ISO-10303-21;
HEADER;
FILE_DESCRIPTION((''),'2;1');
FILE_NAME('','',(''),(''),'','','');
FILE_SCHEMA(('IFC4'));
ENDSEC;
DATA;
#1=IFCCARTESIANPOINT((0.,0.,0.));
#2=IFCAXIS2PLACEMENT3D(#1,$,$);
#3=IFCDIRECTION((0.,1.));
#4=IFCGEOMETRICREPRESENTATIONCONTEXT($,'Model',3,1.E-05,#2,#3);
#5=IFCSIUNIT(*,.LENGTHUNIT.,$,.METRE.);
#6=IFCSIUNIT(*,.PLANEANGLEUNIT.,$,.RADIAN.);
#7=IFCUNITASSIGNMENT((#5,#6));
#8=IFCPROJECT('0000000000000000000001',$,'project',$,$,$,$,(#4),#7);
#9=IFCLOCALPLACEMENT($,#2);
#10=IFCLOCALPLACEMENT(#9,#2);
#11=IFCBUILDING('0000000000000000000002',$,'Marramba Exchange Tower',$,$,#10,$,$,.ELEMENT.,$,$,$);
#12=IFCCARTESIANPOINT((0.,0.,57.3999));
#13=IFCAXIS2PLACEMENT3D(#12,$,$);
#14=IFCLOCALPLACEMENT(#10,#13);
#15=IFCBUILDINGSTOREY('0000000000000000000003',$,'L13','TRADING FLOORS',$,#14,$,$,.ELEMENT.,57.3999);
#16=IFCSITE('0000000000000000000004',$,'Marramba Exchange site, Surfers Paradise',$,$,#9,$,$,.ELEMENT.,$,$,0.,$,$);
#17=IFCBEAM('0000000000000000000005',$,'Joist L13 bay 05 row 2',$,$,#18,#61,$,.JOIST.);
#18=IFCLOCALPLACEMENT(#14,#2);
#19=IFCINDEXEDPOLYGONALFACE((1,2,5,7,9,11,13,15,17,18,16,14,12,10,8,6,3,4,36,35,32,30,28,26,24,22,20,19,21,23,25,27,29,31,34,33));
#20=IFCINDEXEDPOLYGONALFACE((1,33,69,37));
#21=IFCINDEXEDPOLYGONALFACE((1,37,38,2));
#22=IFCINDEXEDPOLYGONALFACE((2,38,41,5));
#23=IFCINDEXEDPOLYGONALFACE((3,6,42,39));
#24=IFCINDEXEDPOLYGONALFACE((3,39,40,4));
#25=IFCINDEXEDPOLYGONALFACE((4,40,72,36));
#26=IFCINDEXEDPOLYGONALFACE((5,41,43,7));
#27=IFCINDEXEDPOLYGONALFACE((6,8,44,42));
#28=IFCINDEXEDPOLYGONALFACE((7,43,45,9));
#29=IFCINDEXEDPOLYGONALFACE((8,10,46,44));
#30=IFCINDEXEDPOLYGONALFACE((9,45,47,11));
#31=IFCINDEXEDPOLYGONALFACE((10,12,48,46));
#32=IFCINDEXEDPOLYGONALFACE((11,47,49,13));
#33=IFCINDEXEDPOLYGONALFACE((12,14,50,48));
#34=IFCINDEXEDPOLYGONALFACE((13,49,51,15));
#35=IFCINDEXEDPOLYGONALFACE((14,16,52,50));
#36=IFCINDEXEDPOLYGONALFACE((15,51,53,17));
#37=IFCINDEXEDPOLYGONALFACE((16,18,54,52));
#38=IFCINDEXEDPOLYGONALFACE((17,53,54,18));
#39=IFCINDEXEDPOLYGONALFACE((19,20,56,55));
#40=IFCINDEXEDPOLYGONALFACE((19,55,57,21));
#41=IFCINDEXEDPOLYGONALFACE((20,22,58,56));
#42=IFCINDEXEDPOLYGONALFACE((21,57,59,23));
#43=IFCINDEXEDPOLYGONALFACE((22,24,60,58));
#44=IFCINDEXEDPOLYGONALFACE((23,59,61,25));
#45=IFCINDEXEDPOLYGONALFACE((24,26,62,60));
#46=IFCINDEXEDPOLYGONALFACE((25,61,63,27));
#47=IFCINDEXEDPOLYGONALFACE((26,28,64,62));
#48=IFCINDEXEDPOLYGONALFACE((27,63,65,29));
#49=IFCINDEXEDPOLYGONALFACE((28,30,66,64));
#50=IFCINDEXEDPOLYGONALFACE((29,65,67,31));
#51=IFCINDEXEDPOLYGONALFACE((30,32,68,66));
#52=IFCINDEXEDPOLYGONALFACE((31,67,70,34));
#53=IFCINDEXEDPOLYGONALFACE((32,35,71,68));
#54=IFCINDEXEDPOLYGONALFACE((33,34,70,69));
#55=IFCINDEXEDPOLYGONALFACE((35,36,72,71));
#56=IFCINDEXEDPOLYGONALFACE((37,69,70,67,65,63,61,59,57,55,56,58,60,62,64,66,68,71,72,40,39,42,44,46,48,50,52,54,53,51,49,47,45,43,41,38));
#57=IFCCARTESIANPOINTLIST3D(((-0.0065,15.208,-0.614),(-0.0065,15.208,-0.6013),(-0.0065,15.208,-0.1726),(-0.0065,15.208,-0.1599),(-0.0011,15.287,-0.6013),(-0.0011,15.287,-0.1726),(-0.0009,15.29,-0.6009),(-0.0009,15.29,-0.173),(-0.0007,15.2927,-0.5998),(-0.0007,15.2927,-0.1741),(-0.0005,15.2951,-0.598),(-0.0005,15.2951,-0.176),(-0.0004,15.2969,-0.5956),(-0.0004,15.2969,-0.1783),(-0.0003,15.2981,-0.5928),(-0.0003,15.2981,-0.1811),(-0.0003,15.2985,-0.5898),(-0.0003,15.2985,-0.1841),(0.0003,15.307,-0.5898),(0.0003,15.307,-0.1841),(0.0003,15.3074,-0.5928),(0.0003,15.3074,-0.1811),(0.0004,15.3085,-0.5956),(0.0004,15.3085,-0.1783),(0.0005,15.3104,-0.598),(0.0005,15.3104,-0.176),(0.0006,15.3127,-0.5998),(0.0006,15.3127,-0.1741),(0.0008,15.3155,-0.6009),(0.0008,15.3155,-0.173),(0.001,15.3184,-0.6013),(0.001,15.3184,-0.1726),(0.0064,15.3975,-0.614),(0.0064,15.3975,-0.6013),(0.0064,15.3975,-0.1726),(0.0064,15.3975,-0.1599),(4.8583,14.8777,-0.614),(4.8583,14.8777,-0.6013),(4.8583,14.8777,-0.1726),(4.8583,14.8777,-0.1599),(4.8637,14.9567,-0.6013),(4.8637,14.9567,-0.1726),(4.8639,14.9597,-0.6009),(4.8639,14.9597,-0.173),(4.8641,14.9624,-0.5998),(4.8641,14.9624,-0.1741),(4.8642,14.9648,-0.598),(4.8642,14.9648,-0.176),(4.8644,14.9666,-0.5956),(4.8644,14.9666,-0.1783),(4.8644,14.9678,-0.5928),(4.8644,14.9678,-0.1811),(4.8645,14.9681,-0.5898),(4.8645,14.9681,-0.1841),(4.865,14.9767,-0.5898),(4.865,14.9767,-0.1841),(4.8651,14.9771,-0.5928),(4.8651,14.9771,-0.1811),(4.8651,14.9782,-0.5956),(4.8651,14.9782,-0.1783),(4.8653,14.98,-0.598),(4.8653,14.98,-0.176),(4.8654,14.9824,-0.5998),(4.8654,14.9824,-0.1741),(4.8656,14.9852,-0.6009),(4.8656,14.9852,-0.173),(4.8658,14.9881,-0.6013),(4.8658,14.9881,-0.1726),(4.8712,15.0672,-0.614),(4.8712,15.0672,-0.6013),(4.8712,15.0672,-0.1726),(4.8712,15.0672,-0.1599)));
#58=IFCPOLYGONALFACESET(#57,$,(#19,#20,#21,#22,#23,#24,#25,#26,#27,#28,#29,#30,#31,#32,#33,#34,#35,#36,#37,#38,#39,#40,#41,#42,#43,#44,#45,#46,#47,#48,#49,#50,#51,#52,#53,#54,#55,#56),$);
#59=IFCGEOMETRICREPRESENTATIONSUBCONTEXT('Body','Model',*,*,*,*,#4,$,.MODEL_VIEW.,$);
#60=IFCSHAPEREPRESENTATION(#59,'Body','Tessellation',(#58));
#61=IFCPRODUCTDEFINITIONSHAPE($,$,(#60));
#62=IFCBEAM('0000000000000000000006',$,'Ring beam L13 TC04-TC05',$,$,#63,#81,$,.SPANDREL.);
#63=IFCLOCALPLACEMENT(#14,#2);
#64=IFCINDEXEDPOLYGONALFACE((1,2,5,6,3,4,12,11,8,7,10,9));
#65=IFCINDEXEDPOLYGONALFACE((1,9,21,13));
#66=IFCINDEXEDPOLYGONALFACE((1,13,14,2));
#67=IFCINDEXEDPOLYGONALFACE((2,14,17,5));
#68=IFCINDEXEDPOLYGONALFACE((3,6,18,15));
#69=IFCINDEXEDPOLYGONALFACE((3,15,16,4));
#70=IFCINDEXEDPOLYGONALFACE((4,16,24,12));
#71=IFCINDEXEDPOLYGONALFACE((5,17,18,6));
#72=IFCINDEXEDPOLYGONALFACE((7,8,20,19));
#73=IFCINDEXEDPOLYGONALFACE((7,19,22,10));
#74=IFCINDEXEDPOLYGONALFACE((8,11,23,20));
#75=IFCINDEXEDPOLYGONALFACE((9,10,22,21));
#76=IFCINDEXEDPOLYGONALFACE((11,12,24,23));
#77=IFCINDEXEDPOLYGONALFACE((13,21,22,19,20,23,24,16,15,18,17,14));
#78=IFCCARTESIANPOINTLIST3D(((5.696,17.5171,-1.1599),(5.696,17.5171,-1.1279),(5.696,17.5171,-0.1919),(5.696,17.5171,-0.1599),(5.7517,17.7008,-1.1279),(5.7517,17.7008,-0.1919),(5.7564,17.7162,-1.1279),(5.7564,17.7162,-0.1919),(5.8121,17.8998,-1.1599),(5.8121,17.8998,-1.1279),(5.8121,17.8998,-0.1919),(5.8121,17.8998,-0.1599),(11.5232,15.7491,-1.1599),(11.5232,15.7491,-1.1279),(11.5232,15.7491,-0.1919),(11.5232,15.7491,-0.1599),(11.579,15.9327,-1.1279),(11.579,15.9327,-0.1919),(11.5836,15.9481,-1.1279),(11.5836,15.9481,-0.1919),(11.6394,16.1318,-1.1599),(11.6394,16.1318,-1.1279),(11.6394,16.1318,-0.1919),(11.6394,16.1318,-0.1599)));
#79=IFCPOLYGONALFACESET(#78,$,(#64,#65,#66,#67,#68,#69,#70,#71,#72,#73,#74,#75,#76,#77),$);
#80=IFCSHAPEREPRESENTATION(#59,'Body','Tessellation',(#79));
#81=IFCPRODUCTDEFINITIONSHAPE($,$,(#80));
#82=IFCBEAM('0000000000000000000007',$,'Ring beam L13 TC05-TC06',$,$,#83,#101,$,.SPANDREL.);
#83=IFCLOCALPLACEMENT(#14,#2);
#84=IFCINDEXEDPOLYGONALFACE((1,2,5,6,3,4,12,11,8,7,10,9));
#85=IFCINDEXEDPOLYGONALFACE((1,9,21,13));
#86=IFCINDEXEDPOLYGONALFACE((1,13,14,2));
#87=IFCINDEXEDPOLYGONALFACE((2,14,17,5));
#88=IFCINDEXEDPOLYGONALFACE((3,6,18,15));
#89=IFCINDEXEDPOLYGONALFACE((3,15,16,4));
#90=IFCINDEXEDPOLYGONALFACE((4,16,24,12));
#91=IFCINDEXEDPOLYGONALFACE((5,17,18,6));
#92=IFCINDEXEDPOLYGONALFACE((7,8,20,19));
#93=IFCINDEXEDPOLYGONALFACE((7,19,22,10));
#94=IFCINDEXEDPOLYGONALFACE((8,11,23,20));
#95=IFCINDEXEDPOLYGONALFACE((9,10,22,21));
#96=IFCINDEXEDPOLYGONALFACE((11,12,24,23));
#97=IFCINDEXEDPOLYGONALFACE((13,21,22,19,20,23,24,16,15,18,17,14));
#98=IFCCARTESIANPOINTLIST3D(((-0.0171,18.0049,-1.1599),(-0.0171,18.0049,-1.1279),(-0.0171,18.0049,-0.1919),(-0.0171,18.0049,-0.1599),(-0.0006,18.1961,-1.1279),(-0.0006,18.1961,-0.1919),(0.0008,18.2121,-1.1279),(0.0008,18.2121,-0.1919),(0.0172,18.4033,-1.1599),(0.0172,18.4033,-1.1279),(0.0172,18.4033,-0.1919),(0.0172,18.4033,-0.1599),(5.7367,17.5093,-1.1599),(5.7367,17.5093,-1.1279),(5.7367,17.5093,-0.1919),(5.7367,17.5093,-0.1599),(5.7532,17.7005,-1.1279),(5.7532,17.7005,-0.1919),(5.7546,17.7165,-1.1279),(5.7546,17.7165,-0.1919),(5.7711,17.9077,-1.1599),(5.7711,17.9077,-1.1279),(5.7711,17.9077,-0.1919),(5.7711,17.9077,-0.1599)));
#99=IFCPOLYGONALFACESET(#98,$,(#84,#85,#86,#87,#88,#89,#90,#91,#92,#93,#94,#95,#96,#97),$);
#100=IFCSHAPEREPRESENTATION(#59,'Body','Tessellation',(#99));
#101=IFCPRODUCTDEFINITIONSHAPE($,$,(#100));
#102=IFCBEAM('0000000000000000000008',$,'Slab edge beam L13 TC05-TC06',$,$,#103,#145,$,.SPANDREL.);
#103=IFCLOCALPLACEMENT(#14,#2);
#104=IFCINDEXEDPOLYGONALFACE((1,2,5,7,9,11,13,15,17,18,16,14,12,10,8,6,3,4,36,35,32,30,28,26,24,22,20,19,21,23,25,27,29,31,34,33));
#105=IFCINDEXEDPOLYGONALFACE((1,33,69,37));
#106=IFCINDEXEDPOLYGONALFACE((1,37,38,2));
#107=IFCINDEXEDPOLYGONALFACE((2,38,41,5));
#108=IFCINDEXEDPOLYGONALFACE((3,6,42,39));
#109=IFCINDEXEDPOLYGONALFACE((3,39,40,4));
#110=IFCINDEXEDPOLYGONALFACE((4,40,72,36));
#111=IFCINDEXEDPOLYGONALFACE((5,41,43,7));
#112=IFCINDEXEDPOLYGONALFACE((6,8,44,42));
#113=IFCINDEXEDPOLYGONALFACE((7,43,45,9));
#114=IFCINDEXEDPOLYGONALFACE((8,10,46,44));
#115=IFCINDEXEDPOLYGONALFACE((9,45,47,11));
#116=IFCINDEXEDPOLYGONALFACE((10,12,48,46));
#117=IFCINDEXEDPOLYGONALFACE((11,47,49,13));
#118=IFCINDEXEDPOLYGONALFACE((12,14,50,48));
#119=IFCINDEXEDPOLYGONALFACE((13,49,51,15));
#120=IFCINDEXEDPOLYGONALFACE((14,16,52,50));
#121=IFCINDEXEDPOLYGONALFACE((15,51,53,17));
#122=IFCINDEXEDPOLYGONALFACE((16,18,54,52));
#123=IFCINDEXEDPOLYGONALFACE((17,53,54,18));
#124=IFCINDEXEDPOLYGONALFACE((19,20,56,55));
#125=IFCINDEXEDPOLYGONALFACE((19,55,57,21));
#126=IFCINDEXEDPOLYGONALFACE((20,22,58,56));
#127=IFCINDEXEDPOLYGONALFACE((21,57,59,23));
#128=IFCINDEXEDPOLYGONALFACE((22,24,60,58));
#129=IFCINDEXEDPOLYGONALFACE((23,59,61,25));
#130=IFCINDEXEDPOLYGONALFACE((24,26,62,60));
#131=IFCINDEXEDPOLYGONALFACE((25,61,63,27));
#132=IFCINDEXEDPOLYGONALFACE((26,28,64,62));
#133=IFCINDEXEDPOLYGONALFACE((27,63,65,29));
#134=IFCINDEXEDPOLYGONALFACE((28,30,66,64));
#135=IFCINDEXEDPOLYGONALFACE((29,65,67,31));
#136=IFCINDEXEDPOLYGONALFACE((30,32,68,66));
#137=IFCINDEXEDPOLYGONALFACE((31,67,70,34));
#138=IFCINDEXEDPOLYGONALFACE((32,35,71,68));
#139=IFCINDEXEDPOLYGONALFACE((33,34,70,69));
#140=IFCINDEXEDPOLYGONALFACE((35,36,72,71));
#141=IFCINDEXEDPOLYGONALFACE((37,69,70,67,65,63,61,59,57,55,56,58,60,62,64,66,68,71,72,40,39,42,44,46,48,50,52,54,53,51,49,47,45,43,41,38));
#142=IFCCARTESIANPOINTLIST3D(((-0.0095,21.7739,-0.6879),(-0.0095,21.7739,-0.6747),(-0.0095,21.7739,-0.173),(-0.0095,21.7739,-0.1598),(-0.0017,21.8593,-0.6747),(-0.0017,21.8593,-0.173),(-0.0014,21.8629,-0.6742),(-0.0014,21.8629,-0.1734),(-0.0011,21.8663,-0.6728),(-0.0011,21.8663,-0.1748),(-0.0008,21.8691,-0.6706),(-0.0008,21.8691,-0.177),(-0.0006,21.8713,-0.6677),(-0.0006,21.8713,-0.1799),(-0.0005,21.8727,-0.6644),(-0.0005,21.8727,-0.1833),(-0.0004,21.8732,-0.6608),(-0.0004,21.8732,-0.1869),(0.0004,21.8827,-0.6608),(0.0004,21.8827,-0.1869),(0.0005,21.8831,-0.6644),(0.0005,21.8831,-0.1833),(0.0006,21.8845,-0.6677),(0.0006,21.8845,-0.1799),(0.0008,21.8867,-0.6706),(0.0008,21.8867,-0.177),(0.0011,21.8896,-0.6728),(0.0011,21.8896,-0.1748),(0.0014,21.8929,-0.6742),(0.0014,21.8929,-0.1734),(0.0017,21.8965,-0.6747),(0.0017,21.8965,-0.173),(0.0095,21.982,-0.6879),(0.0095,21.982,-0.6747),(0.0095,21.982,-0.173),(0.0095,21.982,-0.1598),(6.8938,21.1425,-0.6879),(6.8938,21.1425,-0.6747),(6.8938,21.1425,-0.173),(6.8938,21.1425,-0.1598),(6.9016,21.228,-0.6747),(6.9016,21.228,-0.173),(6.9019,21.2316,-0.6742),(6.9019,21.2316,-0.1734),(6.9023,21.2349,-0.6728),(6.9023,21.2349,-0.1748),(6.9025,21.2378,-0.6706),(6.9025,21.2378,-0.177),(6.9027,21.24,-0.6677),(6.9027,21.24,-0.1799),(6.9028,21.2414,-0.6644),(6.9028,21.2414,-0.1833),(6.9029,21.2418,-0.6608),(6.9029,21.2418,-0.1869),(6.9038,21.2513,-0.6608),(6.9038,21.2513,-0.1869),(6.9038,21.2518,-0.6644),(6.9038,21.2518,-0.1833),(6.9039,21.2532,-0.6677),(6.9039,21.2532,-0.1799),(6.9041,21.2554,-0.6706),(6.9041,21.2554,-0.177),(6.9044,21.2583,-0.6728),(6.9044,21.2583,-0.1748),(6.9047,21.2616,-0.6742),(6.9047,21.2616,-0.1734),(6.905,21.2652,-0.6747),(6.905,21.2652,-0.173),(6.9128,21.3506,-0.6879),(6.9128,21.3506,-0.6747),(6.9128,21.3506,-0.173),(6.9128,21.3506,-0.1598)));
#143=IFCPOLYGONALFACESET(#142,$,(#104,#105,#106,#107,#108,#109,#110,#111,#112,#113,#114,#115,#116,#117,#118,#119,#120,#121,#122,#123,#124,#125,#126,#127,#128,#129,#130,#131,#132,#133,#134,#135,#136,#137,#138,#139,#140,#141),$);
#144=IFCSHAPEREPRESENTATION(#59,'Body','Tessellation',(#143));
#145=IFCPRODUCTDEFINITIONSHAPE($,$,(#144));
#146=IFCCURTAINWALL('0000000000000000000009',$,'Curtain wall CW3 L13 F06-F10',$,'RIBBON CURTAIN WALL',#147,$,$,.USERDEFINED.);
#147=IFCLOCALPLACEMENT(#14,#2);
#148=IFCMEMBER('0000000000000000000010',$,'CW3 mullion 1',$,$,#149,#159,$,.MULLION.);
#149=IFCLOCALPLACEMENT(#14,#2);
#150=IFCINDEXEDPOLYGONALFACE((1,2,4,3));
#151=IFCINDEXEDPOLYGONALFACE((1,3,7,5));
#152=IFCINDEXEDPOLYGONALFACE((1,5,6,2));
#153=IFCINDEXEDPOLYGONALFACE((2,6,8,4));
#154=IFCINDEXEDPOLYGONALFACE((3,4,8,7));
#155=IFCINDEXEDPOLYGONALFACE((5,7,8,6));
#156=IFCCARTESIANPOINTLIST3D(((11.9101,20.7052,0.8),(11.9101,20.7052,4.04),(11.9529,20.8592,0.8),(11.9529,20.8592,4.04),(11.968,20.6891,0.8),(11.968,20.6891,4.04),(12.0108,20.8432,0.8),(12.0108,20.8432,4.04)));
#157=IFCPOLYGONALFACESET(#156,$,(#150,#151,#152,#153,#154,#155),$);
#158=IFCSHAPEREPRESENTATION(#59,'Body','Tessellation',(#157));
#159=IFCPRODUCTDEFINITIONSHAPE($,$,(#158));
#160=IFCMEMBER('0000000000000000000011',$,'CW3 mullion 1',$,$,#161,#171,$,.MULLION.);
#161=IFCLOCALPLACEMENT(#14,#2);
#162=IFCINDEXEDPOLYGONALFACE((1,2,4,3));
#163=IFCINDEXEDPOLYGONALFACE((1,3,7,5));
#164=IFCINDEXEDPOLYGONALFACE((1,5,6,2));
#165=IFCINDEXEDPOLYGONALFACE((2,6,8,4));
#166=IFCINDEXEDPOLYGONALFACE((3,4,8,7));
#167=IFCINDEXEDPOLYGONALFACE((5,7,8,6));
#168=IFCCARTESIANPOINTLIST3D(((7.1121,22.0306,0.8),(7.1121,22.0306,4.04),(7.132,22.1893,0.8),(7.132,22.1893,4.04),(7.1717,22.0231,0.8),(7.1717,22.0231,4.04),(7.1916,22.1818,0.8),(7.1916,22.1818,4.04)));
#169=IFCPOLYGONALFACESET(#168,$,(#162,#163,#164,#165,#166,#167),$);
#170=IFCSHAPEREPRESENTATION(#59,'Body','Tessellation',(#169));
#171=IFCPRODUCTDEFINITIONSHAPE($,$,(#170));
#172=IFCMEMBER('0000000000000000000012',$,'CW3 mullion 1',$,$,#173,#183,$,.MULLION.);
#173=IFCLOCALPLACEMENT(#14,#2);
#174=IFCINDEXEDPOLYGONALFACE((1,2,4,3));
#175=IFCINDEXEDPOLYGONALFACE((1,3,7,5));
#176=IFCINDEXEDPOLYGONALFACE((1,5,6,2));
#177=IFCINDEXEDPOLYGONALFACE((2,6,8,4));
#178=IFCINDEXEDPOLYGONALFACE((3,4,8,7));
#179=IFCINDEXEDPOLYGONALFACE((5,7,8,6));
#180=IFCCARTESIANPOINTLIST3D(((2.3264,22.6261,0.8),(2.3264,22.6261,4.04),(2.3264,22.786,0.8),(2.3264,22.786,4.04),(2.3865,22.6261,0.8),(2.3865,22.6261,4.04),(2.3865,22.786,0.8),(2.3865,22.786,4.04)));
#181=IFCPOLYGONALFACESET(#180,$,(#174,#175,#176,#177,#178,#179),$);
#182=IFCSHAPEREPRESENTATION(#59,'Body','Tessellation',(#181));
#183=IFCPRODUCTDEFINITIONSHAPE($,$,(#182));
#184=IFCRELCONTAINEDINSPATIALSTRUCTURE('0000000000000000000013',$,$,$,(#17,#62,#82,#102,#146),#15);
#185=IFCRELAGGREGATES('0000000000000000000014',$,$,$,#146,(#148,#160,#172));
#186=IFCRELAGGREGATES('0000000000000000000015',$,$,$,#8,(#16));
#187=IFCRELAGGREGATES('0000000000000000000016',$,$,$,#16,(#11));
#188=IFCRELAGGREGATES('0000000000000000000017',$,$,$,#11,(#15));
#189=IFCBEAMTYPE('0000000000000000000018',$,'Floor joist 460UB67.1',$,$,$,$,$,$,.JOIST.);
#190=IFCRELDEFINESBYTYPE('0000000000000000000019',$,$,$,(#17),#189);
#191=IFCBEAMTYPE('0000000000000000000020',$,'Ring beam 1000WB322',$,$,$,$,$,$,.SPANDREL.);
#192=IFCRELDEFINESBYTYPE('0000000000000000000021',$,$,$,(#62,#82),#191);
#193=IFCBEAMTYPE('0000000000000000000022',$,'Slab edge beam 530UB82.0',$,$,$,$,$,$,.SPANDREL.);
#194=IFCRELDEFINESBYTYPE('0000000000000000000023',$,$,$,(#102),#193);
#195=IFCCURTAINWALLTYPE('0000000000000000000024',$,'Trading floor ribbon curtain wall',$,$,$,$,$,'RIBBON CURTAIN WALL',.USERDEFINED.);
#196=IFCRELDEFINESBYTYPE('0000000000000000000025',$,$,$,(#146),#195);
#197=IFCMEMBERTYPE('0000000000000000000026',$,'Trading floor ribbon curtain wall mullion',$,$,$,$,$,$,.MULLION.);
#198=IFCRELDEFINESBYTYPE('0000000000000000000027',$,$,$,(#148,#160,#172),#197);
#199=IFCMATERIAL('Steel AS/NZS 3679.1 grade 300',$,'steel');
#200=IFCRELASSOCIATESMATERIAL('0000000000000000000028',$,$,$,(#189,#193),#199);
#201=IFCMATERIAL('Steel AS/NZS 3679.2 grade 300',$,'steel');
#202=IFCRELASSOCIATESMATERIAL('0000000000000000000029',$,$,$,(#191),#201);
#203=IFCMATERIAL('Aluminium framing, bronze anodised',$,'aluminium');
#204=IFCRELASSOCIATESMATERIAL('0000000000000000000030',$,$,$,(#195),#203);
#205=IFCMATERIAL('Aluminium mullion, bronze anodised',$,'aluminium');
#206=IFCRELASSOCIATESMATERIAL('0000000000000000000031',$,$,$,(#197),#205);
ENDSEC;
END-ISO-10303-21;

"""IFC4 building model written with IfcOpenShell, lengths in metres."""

from ifc_helpers import new_model, si_unit, direction, frame, origin, origin_2d, place, context, subcontext, project, spatial, rectangle, i_section, extrude, material, material_profile, profile_set, type_object, element, aggregate, save


model = new_model("IFC4")

# Units and contexts
model_context = context("Model", 3, precision=1e-05, world=origin(), true_north=direction((0.0, 1.0)))
body_context = subcontext(model_context, "Body", "Model", "MODEL_VIEW")
ifc_project = project(units=[si_unit("LENGTHUNIT", "METRE"), si_unit("PLANEANGLEUNIT", "RADIAN")], contexts=[model_context])

# Site, building, storey
site_placement = place(None, origin())
site = spatial("IfcSite", under=ifc_project, at=site_placement, Name="Marramba Exchange site, Surfers Paradise", CompositionType="ELEMENT", RefElevation=0.0)
building_placement = place(site_placement, origin())
building = spatial("IfcBuilding", under=site, at=building_placement, Name="Marramba Exchange Tower", CompositionType="ELEMENT")
storey_placement = place(building_placement, frame((0.0, 0.0, 57.3999)))
storey = spatial("IfcBuildingStorey", under=building, at=storey_placement, Name="L13", Description="TRADING FLOORS", CompositionType="ELEMENT", Elevation=57.3999)

# Beams
ifc_material_1 = material(Name="Steel AS/NZS 3679.2 grade 300", Category="steel")
ifc_material_2 = material(Name="Steel AS/NZS 3679.1 grade 300", Category="steel")
ifc_material_profile_1 = material_profile(ifc_material_2, i_section(OverallWidth=0.1899, OverallDepth=0.4541, WebThickness=0.0085, FlangeThickness=0.0127, FilletRadius=0.0115, at=origin_2d()), Name="460UB67.1")
ifc_profile_set_1 = profile_set([ifc_material_profile_1], Name="Steel AS/NZS 3679.1 grade 300")
beam_type_1 = type_object("IfcBeamType", Name="Floor joist 460UB67.1", PredefinedType="JOIST", material=ifc_profile_set_1)
beam_1_placement = place(storey_placement, frame((4.8647, 14.9724, -0.387), z_axis=(-0.997703, 0.067745, 0.0), x_axis=(-0.067745, -0.997703, 0.0)))
element("IfcBeam", 1, at=beam_1_placement, inside=storey, type_object=beam_type_1, Name="Joist L13 bay 05 row 2", PredefinedType="JOIST", context=body_context, shape_type="SweptSolid", body=[
    extrude(i_section(OverallWidth=0.1899, OverallDepth=0.4541, WebThickness=0.0085, FlangeThickness=0.0127, FilletRadius=0.0115, at=origin_2d()), origin(), (0.0, 0.0, 1.0), 4.876),
])
ifc_material_profile_2 = material_profile(ifc_material_1, i_section(OverallWidth=0.3999, OverallDepth=1.0, WebThickness=0.0161, FlangeThickness=0.032, at=origin_2d()), Name="1000WB322")
ifc_profile_set_2 = profile_set([ifc_material_profile_2], Name="Steel AS/NZS 3679.2 grade 300")
beam_type_2 = type_object("IfcBeamType", Name="Ring beam 1000WB322", PredefinedType="SPANDREL", material=ifc_profile_set_2)
beam_2_placement = place(storey_placement, frame((11.5813, 15.9404, -0.6599), z_axis=(-0.956925, 0.290337, 0.0), x_axis=(-0.290337, -0.956925, 0.0)))
element("IfcBeam", 2, at=beam_2_placement, inside=storey, type_object=beam_type_2, Name="Ring beam L13 TC04-TC05", PredefinedType="SPANDREL", context=body_context, shape_type="SweptSolid", body=[
    extrude(i_section(OverallWidth=0.3999, OverallDepth=1.0, WebThickness=0.0161, FlangeThickness=0.032, at=origin_2d()), origin(), (0.0, 0.0, 1.0), 6.0896),
])
beam_3_placement = place(storey_placement, frame((5.7539, 17.7085, -0.6599), z_axis=(-0.996311, 0.085816, 0.0), x_axis=(-0.085816, -0.996311, 0.0)))
element("IfcBeam", 3, at=beam_3_placement, inside=storey, type_object=beam_type_2, Name="Ring beam L13 TC05-TC06", PredefinedType="SPANDREL", context=body_context, shape_type="SweptSolid", body=[
    extrude(i_section(OverallWidth=0.3999, OverallDepth=1.0, WebThickness=0.0161, FlangeThickness=0.032, at=origin_2d()), origin(), (0.0, 0.0, 1.0), 5.7751),
])
ifc_material_profile_3 = material_profile(ifc_material_2, i_section(OverallWidth=0.209, OverallDepth=0.5281, WebThickness=0.0095, FlangeThickness=0.0132, FilletRadius=0.0139, at=origin_2d()), Name="530UB82.0")
ifc_profile_set_3 = profile_set([ifc_material_profile_3], Name="Steel AS/NZS 3679.1 grade 300")
beam_type_3 = type_object("IfcBeamType", Name="Slab edge beam 530UB82.0", PredefinedType="SPANDREL", material=ifc_profile_set_3)
beam_4_placement = place(storey_placement, frame((6.9033, 21.2466, -0.4238), z_axis=(-0.995844, 0.091076, 0.0), x_axis=(-0.091076, -0.995844, 0.0)))
element("IfcBeam", 4, at=beam_4_placement, inside=storey, type_object=beam_type_3, Name="Slab edge beam L13 TC05-TC06", PredefinedType="SPANDREL", context=body_context, shape_type="SweptSolid", body=[
    extrude(i_section(OverallWidth=0.209, OverallDepth=0.5281, WebThickness=0.0095, FlangeThickness=0.0132, FilletRadius=0.0139, at=origin_2d()), origin(), (0.0, 0.0, 1.0), 6.9321),
])

# Curtain wall, members
ifc_material_3 = material(Name="Aluminium framing, bronze anodised", Category="aluminium")
curtain_wall_type = type_object("IfcCurtainWallType", Name="Trading floor ribbon curtain wall", ElementType="RIBBON CURTAIN WALL", PredefinedType="USERDEFINED", material=ifc_material_3)
curtain_wall_placement = place(storey_placement, origin())
curtain_wall = element("IfcCurtainWall", 5, at=curtain_wall_placement, inside=storey, type_object=curtain_wall_type, Name="Curtain wall CW3 L13 F06-F10", ObjectType="RIBBON CURTAIN WALL", PredefinedType="USERDEFINED")
ifc_material_4 = material(Name="Aluminium mullion, bronze anodised", Category="aluminium")
ifc_material_profile_4 = material_profile(ifc_material_4, rectangle(XDim=0.1599, YDim=0.0601, at=origin_2d()), Name="CW3 mullion 60x160")
ifc_profile_set_4 = profile_set([ifc_material_profile_4], Name="Aluminium mullion, bronze anodised")
member_type_1 = type_object("IfcMemberType", Name="Trading floor ribbon curtain wall mullion", PredefinedType="MULLION", material=ifc_profile_set_4)
member_1_placement = place(storey_placement, frame((11.9604, 20.7742, 0.8), z_axis=(0.0, 0.0, 1.0), x_axis=(-0.267809, -0.963472, 0.0)))
member_1 = element("IfcMember", 6, at=member_1_placement, type_object=member_type_1, Name="CW3 mullion 1", PredefinedType="MULLION", context=body_context, shape_type="SweptSolid", body=[
    extrude(rectangle(XDim=0.1599, YDim=0.0601, at=origin_2d()), origin(), (0.0, 0.0, 1.0), 3.24),
])
member_2_placement = place(storey_placement, frame((7.1519, 22.1062, 0.8), z_axis=(0.0, 0.0, 1.0), x_axis=(-0.124873, -0.992173, 0.0)))
member_2 = element("IfcMember", 7, at=member_2_placement, type_object=member_type_1, Name="CW3 mullion 1", PredefinedType="MULLION", context=body_context, shape_type="SweptSolid", body=[
    extrude(rectangle(XDim=0.1599, YDim=0.0601, at=origin_2d()), origin(), (0.0, 0.0, 1.0), 3.24),
])
member_3_placement = place(storey_placement, frame((2.3564, 22.7061, 0.8), z_axis=(0.0, 0.0, 1.0), x_axis=(0.0, -1.0, 0.0)))
member_3 = element("IfcMember", 8, at=member_3_placement, type_object=member_type_1, Name="CW3 mullion 1", PredefinedType="MULLION", context=body_context, shape_type="SweptSolid", body=[
    extrude(rectangle(XDim=0.1599, YDim=0.0601, at=origin_2d()), origin(), (0.0, 0.0, 1.0), 3.24),
])
aggregate(curtain_wall, [member_1, member_2, member_3])

save(model, "model.ifc")
